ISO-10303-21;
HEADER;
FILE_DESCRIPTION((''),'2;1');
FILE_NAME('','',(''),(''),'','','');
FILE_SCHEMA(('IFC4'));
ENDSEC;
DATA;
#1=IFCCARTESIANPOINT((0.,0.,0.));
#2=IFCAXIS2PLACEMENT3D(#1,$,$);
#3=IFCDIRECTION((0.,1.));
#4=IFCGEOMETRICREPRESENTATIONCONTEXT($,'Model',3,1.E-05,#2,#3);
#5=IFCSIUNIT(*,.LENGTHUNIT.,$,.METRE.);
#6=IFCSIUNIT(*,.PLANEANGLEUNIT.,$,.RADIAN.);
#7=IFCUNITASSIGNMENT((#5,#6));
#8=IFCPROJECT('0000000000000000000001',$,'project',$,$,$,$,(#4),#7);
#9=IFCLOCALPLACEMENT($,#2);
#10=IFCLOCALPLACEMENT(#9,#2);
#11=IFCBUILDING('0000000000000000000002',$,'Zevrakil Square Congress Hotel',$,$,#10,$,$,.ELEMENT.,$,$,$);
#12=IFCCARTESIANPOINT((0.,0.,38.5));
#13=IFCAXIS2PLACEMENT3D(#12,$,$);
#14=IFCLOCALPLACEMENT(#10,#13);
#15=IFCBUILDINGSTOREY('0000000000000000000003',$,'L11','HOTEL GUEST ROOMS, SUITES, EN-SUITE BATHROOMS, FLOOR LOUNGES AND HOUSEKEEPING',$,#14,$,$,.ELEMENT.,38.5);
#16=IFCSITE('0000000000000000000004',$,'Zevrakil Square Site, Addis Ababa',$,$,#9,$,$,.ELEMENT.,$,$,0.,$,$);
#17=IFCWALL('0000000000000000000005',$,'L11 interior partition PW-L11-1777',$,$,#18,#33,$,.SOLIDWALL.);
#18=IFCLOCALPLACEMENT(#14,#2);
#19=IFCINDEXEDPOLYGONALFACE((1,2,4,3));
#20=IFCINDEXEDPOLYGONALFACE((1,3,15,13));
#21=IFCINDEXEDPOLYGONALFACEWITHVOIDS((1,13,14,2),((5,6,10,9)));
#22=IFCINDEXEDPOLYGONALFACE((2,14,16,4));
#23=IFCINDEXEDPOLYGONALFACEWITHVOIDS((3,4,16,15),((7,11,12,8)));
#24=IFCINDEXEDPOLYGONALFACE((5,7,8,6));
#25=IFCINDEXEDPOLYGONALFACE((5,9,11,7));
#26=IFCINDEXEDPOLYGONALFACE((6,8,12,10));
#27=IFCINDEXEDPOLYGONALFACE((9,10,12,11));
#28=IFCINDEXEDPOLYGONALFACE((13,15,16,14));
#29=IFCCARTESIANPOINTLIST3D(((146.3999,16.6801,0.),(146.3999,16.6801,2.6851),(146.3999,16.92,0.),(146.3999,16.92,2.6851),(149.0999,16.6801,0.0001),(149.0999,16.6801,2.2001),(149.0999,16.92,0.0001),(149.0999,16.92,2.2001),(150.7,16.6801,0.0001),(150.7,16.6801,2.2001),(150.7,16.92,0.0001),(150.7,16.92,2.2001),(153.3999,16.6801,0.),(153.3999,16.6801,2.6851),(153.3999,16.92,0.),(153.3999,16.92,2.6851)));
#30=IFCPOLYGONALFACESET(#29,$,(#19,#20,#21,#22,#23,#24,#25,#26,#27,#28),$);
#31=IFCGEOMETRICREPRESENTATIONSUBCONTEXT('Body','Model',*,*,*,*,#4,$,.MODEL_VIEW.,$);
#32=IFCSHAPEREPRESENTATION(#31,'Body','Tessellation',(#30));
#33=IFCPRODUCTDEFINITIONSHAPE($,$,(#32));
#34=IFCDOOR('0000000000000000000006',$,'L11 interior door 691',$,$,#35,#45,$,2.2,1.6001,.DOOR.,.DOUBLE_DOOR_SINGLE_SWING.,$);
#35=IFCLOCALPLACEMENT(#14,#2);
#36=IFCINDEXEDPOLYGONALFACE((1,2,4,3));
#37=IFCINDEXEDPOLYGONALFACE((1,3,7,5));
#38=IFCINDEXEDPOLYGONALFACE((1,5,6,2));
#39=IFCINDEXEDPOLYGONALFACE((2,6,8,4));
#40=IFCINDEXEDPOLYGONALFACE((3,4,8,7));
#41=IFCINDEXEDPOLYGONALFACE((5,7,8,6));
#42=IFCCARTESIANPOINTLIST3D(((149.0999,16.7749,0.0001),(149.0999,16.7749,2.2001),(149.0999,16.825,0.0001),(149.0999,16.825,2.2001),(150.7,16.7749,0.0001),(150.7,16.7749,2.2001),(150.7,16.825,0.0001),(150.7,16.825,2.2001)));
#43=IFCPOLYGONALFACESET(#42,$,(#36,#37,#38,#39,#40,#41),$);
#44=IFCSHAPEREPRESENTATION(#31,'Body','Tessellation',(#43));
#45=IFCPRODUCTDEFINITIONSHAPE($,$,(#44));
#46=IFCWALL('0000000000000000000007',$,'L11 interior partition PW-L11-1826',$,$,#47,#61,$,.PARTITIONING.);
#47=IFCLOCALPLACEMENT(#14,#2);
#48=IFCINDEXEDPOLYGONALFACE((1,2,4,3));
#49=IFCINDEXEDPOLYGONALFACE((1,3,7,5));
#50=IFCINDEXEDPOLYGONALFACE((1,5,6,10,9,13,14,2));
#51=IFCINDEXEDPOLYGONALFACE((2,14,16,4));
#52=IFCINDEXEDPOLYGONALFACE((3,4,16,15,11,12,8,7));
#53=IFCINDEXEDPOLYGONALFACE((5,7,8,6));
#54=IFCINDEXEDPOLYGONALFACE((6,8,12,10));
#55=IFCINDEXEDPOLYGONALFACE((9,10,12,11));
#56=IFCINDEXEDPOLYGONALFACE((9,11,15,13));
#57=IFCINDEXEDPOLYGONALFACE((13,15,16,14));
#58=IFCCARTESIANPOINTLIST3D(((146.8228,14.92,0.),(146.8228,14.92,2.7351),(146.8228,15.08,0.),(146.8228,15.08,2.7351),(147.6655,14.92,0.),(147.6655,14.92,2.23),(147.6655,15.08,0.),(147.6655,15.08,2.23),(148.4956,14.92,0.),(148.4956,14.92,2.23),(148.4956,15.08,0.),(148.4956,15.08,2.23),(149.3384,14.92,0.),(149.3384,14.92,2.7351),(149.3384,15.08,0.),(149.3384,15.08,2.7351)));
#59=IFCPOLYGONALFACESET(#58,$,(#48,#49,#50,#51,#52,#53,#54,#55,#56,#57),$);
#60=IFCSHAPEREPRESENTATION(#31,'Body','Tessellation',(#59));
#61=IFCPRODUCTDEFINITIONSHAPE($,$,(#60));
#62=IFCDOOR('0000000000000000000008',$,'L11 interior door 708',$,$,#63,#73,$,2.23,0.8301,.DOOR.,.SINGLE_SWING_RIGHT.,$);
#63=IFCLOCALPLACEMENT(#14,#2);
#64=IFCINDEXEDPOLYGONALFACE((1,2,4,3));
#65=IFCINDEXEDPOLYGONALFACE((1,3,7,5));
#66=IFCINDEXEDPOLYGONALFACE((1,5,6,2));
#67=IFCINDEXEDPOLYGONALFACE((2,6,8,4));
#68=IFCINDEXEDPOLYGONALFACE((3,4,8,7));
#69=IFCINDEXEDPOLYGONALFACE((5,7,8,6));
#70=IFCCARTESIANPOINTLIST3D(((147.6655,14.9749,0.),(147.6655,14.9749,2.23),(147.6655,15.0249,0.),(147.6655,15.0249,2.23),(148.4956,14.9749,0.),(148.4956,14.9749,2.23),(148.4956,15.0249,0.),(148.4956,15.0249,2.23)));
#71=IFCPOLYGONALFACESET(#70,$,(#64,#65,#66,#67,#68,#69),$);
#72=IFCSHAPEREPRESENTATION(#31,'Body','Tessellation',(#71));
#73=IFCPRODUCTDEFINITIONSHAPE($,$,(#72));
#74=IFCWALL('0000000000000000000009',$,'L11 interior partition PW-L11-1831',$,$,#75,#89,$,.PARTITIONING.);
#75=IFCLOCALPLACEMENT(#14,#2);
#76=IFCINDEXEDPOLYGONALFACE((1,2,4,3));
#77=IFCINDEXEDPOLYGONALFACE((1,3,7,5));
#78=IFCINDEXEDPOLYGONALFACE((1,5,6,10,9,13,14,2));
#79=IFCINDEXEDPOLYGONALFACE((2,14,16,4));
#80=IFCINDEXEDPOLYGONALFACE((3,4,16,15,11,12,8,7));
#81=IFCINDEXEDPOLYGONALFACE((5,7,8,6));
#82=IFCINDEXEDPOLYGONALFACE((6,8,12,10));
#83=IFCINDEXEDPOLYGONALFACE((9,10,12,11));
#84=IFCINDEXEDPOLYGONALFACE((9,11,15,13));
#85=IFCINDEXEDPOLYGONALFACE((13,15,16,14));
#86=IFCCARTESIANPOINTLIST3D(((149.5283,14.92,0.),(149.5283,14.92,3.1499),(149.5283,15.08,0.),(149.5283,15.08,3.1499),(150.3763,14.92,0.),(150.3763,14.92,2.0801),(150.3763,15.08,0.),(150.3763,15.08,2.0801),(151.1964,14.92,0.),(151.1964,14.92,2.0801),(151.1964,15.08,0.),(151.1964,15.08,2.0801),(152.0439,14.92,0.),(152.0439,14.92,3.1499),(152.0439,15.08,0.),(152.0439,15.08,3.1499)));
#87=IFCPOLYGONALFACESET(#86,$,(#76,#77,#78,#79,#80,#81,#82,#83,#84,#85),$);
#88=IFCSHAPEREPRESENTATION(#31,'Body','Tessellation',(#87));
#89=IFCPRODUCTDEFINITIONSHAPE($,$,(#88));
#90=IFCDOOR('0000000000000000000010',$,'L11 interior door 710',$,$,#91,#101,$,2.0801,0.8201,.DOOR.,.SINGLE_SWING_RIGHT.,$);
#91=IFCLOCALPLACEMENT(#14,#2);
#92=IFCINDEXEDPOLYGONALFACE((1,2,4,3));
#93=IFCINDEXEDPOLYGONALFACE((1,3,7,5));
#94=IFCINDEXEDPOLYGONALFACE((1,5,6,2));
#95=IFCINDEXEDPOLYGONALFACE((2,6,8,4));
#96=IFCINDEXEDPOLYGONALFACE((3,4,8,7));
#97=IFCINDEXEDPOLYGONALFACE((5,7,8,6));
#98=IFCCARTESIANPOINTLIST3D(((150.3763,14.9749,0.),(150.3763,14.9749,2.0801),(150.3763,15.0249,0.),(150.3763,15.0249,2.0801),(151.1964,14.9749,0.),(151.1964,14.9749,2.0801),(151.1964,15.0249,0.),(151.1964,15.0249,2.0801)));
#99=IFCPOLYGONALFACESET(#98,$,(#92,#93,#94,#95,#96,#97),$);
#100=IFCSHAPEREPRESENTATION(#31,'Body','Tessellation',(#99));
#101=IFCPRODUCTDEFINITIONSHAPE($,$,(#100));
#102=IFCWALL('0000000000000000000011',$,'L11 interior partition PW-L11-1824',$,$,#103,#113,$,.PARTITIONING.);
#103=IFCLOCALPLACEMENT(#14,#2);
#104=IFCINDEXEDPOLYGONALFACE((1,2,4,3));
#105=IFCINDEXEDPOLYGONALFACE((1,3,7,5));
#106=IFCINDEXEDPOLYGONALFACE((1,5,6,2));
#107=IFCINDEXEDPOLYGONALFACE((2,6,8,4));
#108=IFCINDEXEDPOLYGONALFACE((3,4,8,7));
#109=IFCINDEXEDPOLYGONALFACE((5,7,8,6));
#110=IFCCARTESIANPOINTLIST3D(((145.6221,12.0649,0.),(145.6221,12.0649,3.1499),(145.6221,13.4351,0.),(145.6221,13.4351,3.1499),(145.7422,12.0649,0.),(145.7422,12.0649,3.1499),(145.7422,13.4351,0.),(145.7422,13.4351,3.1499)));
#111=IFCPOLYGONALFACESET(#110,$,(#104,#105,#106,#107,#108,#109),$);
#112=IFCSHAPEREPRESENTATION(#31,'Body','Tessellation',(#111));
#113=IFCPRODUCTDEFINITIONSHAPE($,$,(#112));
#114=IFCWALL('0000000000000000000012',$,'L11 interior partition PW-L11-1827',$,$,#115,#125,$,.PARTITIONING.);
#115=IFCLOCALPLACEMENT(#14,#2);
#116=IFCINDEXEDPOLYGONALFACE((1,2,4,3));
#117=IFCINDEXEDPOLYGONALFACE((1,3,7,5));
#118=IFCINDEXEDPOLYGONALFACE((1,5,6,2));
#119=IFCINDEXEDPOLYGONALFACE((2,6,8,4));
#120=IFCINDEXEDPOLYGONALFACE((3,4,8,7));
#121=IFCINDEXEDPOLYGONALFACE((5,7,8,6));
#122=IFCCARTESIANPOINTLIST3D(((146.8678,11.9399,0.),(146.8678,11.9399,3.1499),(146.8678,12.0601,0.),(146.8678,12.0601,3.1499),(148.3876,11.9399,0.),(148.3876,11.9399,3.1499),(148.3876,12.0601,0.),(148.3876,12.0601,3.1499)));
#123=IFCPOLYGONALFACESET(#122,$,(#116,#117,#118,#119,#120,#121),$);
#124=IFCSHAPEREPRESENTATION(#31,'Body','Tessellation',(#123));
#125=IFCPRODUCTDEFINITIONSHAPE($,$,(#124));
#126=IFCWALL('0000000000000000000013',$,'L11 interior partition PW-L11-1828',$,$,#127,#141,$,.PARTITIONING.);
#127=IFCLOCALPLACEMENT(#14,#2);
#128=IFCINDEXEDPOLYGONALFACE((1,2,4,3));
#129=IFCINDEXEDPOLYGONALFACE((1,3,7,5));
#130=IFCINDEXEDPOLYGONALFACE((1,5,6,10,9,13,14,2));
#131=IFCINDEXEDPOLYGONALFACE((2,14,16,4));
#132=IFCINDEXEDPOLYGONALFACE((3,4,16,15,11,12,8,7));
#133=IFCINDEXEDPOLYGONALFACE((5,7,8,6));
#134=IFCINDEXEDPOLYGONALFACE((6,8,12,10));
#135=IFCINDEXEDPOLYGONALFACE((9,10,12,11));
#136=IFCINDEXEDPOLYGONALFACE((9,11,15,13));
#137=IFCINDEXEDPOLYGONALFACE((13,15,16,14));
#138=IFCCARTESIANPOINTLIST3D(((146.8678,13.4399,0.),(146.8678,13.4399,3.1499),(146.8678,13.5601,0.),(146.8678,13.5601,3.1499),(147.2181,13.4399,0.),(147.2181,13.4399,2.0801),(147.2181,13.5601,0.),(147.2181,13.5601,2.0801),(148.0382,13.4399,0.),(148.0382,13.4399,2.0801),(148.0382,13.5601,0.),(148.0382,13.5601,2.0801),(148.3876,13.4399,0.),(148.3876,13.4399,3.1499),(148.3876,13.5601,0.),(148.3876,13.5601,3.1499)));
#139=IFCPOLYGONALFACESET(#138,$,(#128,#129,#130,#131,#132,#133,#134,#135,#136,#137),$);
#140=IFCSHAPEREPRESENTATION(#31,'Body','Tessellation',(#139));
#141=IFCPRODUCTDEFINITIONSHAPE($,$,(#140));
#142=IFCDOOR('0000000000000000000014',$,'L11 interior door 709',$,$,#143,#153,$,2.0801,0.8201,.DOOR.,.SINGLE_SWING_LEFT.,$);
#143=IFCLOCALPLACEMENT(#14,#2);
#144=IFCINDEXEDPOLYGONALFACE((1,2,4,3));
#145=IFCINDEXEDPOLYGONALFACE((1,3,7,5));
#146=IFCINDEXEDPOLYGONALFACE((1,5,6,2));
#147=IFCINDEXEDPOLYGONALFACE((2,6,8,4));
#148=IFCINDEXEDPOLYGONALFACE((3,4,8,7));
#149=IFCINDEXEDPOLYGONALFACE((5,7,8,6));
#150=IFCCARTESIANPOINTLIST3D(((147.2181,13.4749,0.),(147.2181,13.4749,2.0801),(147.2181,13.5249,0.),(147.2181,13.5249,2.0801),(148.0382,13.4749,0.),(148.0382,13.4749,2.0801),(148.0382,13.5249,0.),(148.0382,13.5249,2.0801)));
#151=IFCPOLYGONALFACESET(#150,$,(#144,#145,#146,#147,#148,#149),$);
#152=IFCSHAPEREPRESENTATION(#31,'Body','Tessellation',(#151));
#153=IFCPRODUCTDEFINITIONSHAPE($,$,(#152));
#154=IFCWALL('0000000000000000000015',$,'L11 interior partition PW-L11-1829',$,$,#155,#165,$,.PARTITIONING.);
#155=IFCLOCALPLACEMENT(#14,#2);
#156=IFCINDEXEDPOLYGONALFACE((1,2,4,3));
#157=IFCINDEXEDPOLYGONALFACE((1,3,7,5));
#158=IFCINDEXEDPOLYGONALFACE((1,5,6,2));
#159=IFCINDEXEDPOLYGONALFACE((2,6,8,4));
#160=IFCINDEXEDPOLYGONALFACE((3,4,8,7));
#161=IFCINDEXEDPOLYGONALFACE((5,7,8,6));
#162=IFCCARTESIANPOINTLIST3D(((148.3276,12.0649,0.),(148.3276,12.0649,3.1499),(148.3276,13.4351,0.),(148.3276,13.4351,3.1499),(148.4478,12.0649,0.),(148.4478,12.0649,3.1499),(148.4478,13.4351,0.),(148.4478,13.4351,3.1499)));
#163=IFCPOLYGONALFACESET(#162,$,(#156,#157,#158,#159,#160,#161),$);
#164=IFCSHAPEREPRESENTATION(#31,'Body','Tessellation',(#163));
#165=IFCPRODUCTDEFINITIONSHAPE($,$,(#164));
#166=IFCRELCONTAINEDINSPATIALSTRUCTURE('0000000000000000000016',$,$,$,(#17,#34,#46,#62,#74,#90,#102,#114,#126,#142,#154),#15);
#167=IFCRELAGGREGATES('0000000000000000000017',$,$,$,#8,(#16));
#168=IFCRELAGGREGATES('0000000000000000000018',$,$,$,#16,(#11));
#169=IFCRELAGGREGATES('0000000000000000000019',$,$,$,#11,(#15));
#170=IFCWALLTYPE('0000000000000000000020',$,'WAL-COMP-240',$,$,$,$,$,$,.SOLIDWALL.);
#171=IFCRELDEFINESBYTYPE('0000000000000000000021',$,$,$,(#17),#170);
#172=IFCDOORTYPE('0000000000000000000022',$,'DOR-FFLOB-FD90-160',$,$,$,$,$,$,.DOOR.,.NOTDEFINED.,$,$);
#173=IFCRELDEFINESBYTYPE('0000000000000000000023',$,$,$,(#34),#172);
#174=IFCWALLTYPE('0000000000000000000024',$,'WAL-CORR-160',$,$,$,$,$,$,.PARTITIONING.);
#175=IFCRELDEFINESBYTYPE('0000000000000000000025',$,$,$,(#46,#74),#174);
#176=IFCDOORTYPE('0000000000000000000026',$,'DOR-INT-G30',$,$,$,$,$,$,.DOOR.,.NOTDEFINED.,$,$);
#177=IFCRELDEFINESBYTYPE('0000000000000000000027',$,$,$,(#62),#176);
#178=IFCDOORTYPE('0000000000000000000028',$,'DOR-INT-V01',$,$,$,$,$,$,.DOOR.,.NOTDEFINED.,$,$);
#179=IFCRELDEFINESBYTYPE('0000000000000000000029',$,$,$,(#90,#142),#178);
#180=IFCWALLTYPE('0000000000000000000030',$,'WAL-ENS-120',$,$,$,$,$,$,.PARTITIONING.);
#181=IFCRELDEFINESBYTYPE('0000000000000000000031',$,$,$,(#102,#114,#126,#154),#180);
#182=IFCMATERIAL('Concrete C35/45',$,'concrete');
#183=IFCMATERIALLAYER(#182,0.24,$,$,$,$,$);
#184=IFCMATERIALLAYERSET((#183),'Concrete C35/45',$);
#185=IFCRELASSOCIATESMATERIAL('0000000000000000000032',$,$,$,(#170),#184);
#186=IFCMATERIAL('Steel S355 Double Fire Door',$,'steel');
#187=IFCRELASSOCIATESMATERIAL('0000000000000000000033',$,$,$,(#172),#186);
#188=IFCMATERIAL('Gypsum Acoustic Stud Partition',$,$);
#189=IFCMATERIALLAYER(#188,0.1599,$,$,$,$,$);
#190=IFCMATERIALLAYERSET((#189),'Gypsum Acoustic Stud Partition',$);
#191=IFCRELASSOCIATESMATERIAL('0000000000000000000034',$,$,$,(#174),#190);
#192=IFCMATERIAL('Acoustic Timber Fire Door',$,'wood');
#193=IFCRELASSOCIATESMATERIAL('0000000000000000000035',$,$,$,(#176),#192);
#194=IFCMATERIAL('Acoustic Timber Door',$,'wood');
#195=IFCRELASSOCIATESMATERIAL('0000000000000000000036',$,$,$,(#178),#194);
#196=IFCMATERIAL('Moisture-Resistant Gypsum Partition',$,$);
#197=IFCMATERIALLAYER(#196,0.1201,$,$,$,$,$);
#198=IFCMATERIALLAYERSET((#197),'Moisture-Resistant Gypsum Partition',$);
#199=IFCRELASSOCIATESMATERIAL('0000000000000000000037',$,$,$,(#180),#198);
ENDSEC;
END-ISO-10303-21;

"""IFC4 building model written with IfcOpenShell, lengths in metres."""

from ifc_helpers import new_model, si_unit, direction, frame, frame_2d, origin, place, context, subcontext, project, spatial, rectangle, extrude, material, layer, layer_set, type_object, element, fill, save


model = new_model("IFC4")

# Units and contexts
model_context = context("Model", 3, precision=1e-05, world=origin(), true_north=direction((0.0, 1.0)))
body_context = subcontext(model_context, "Body", "Model", "MODEL_VIEW")
ifc_project = project(units=[si_unit("LENGTHUNIT", "METRE"), si_unit("PLANEANGLEUNIT", "RADIAN")], contexts=[model_context])

# Site, building, storey
site_placement = place(None, origin())
site = spatial("IfcSite", under=ifc_project, at=site_placement, Name="Zevrakil Square Site, Addis Ababa", CompositionType="ELEMENT", RefElevation=0.0)
building_placement = place(site_placement, origin())
building = spatial("IfcBuilding", under=site, at=building_placement, Name="Zevrakil Square Congress Hotel", CompositionType="ELEMENT")
storey_placement = place(building_placement, frame((0.0, 0.0, 38.5)))
storey = spatial("IfcBuildingStorey", under=building, at=storey_placement, Name="L11", Description="HOTEL GUEST ROOMS, SUITES, EN-SUITE BATHROOMS, FLOOR LOUNGES AND HOUSEKEEPING", CompositionType="ELEMENT", Elevation=38.5)

# Walls, openings, doors
ifc_material_1 = material(Name="Concrete C35/45", Category="concrete")
ifc_layer_1 = layer(ifc_material_1, 0.24)
ifc_layer_set_1 = layer_set([ifc_layer_1], Name="Concrete C35/45")
wall_type_1 = type_object("IfcWallType", Name="WAL-COMP-240", PredefinedType="SOLIDWALL", material=ifc_layer_set_1)
wall_1_placement = place(storey_placement, frame((146.3999, 16.8, 0.0), z_axis=(0.0, 0.0, 1.0), x_axis=(1.0, 0.0, 0.0)))
wall_1 = element("IfcWall", 1, at=wall_1_placement, inside=storey, type_object=wall_type_1, Name="L11 interior partition PW-L11-1777", PredefinedType="SOLIDWALL", context=body_context, shape_type="SweptSolid", body=[
    extrude(rectangle(XDim=7.0, YDim=0.24, at=frame_2d((3.5, 0.0))), origin(), (0.0, 0.0, 1.0), 2.6851),
])
opening_1_placement = place(wall_1_placement, frame((2.7, 0.0, 0.0)))
opening_1 = element("IfcOpeningElement", 2, at=opening_1_placement, cuts=wall_1, PredefinedType="OPENING", context=body_context, shape_type="SweptSolid", body=[
    extrude(rectangle(XDim=1.6001, YDim=2.2, at=frame_2d((0.8, 1.1001))), frame((0.0, 0.1299, 0.0), z_axis=(0.0, -1.0, 0.0), x_axis=(1.0, 0.0, 0.0)), (0.0, 0.0, 1.0), 0.26),
])
ifc_material_2 = material(Name="Steel S355 Double Fire Door", Category="steel")
door_type_1 = type_object("IfcDoorType", Name="DOR-FFLOB-FD90-160", OperationType="NOTDEFINED", PredefinedType="DOOR", material=ifc_material_2)
door_1_placement = place(opening_1_placement, origin())
door_1 = element("IfcDoor", 3, at=door_1_placement, inside=storey, type_object=door_type_1, Name="L11 interior door 691", OperationType="DOUBLE_DOOR_SINGLE_SWING", OverallHeight=2.2, OverallWidth=1.6001, PredefinedType="DOOR", context=body_context, shape_type="SweptSolid", body=[
    extrude(rectangle(XDim=1.6001, YDim=2.2, at=frame_2d((0.8, 1.1001))), frame((0.0, 0.0249, 0.0), z_axis=(0.0, -1.0, 0.0), x_axis=(1.0, 0.0, 0.0)), (0.0, 0.0, 1.0), 0.05),
])
fill(opening_1, door_1)
ifc_material_3 = material(Name="Gypsum Acoustic Stud Partition")
ifc_layer_2 = layer(ifc_material_3, 0.1599)
ifc_layer_set_2 = layer_set([ifc_layer_2], Name="Gypsum Acoustic Stud Partition")
wall_type_2 = type_object("IfcWallType", Name="WAL-CORR-160", PredefinedType="PARTITIONING", material=ifc_layer_set_2)
wall_2_placement = place(storey_placement, frame((146.8228, 15.0, 0.0), z_axis=(0.0, 0.0, 1.0), x_axis=(1.0, 0.0, 0.0)))
wall_2 = element("IfcWall", 4, at=wall_2_placement, inside=storey, type_object=wall_type_2, Name="L11 interior partition PW-L11-1826", PredefinedType="PARTITIONING", context=body_context, shape_type="SweptSolid", body=[
    extrude(rectangle(XDim=2.5156, YDim=0.1599, at=frame_2d((1.2578, 0.0))), origin(), (0.0, 0.0, 1.0), 2.7351),
])
opening_2_placement = place(wall_2_placement, frame((0.8428, 0.0, 0.0)))
opening_2 = element("IfcOpeningElement", 5, at=opening_2_placement, cuts=wall_2, PredefinedType="OPENING", context=body_context, shape_type="SweptSolid", body=[
    extrude(rectangle(XDim=0.8301, YDim=2.23, at=frame_2d((0.415, 1.115))), frame((0.0, 0.0898, 0.0), z_axis=(0.0, -1.0, 0.0), x_axis=(1.0, 0.0, 0.0)), (0.0, 0.0, 1.0), 0.1799),
])
ifc_material_4 = material(Name="Acoustic Timber Fire Door", Category="wood")
door_type_2 = type_object("IfcDoorType", Name="DOR-INT-G30", OperationType="NOTDEFINED", PredefinedType="DOOR", material=ifc_material_4)
door_2_placement = place(opening_2_placement, origin())
door_2 = element("IfcDoor", 6, at=door_2_placement, inside=storey, type_object=door_type_2, Name="L11 interior door 708", OperationType="SINGLE_SWING_RIGHT", OverallHeight=2.23, OverallWidth=0.8301, PredefinedType="DOOR", context=body_context, shape_type="SweptSolid", body=[
    extrude(rectangle(XDim=0.8301, YDim=2.23, at=frame_2d((0.415, 1.115))), frame((0.0, 0.0249, 0.0), z_axis=(0.0, -1.0, 0.0), x_axis=(1.0, 0.0, 0.0)), (0.0, 0.0, 1.0), 0.05),
])
fill(opening_2, door_2)
wall_3_placement = place(storey_placement, frame((149.5283, 15.0, 0.0), z_axis=(0.0, 0.0, 1.0), x_axis=(1.0, 0.0, 0.0)))
wall_3 = element("IfcWall", 7, at=wall_3_placement, inside=storey, type_object=wall_type_2, Name="L11 interior partition PW-L11-1831", PredefinedType="PARTITIONING", context=body_context, shape_type="SweptSolid", body=[
    extrude(rectangle(XDim=2.5156, YDim=0.1599, at=frame_2d((1.2578, 0.0))), origin(), (0.0, 0.0, 1.0), 3.1499),
])
opening_3_placement = place(wall_3_placement, frame((0.8479, 0.0, 0.0)))
opening_3 = element("IfcOpeningElement", 8, at=opening_3_placement, cuts=wall_3, PredefinedType="OPENING", context=body_context, shape_type="SweptSolid", body=[
    extrude(rectangle(XDim=0.8201, YDim=2.0801, at=frame_2d((0.4102, 1.04))), frame((0.0, 0.0898, 0.0), z_axis=(0.0, -1.0, 0.0), x_axis=(1.0, 0.0, 0.0)), (0.0, 0.0, 1.0), 0.1799),
])
ifc_material_5 = material(Name="Acoustic Timber Door", Category="wood")
door_type_3 = type_object("IfcDoorType", Name="DOR-INT-V01", OperationType="NOTDEFINED", PredefinedType="DOOR", material=ifc_material_5)
door_3_placement = place(opening_3_placement, origin())
door_3 = element("IfcDoor", 9, at=door_3_placement, inside=storey, type_object=door_type_3, Name="L11 interior door 710", OperationType="SINGLE_SWING_RIGHT", OverallHeight=2.0801, OverallWidth=0.8201, PredefinedType="DOOR", context=body_context, shape_type="SweptSolid", body=[
    extrude(rectangle(XDim=0.8201, YDim=2.0801, at=frame_2d((0.4102, 1.04))), frame((0.0, 0.0249, 0.0), z_axis=(0.0, -1.0, 0.0), x_axis=(1.0, 0.0, 0.0)), (0.0, 0.0, 1.0), 0.05),
])
fill(opening_3, door_3)

# Walls
ifc_material_6 = material(Name="Moisture-Resistant Gypsum Partition")
ifc_layer_3 = layer(ifc_material_6, 0.1201)
ifc_layer_set_3 = layer_set([ifc_layer_3], Name="Moisture-Resistant Gypsum Partition")
wall_type_3 = type_object("IfcWallType", Name="WAL-ENS-120", PredefinedType="PARTITIONING", material=ifc_layer_set_3)
wall_4_placement = place(storey_placement, frame((145.6821, 12.0649, 0.0), z_axis=(0.0, 0.0, 1.0), x_axis=(0.0, 1.0, 0.0)))
element("IfcWall", 10, at=wall_4_placement, inside=storey, type_object=wall_type_3, Name="L11 interior partition PW-L11-1824", PredefinedType="PARTITIONING", context=body_context, shape_type="SweptSolid", body=[
    extrude(rectangle(XDim=1.3701, YDim=0.1201, at=frame_2d((0.6851, 0.0))), origin(), (0.0, 0.0, 1.0), 3.1499),
])
wall_5_placement = place(storey_placement, frame((146.8679, 12.0, 0.0), z_axis=(0.0, 0.0, 1.0), x_axis=(1.0, 0.0, 0.0)))
element("IfcWall", 11, at=wall_5_placement, inside=storey, type_object=wall_type_3, Name="L11 interior partition PW-L11-1827", PredefinedType="PARTITIONING", context=body_context, shape_type="SweptSolid", body=[
    extrude(rectangle(XDim=1.5198, YDim=0.1201, at=frame_2d((0.7598, 0.0))), origin(), (0.0, 0.0, 1.0), 3.1499),
])

# Wall, opening, door
wall_6_placement = place(storey_placement, frame((146.8679, 13.5, 0.0), z_axis=(0.0, 0.0, 1.0), x_axis=(1.0, 0.0, 0.0)))
wall_6 = element("IfcWall", 12, at=wall_6_placement, inside=storey, type_object=wall_type_3, Name="L11 interior partition PW-L11-1828", PredefinedType="PARTITIONING", context=body_context, shape_type="SweptSolid", body=[
    extrude(rectangle(XDim=1.5198, YDim=0.1201, at=frame_2d((0.7598, 0.0))), origin(), (0.0, 0.0, 1.0), 3.1499),
])
opening_4_placement = place(wall_6_placement, frame((0.3501, 0.0, 0.0)))
opening_4 = element("IfcOpeningElement", 13, at=opening_4_placement, cuts=wall_6, PredefinedType="OPENING", context=body_context, shape_type="SweptSolid", body=[
    extrude(rectangle(XDim=0.8201, YDim=2.0801, at=frame_2d((0.4102, 1.04))), frame((0.0, 0.0701, 0.0), z_axis=(0.0, -1.0, 0.0), x_axis=(1.0, 0.0, 0.0)), (0.0, 0.0, 1.0), 0.1401),
])
door_4_placement = place(opening_4_placement, origin())
door_4 = element("IfcDoor", 14, at=door_4_placement, inside=storey, type_object=door_type_3, Name="L11 interior door 709", OperationType="SINGLE_SWING_LEFT", OverallHeight=2.0801, OverallWidth=0.8201, PredefinedType="DOOR", context=body_context, shape_type="SweptSolid", body=[
    extrude(rectangle(XDim=0.8201, YDim=2.0801, at=frame_2d((0.4102, 1.04))), frame((0.0, 0.0249, 0.0), z_axis=(0.0, -1.0, 0.0), x_axis=(1.0, 0.0, 0.0)), (0.0, 0.0, 1.0), 0.05),
])
fill(opening_4, door_4)

# Wall
wall_7_placement = place(storey_placement, frame((148.3877, 12.0649, 0.0), z_axis=(0.0, 0.0, 1.0), x_axis=(0.0, 1.0, 0.0)))
element("IfcWall", 15, at=wall_7_placement, inside=storey, type_object=wall_type_3, Name="L11 interior partition PW-L11-1829", PredefinedType="PARTITIONING", context=body_context, shape_type="SweptSolid", body=[
    extrude(rectangle(XDim=1.3701, YDim=0.1201, at=frame_2d((0.6851, 0.0))), origin(), (0.0, 0.0, 1.0), 3.1499),
])

save(model, "model.ifc")
